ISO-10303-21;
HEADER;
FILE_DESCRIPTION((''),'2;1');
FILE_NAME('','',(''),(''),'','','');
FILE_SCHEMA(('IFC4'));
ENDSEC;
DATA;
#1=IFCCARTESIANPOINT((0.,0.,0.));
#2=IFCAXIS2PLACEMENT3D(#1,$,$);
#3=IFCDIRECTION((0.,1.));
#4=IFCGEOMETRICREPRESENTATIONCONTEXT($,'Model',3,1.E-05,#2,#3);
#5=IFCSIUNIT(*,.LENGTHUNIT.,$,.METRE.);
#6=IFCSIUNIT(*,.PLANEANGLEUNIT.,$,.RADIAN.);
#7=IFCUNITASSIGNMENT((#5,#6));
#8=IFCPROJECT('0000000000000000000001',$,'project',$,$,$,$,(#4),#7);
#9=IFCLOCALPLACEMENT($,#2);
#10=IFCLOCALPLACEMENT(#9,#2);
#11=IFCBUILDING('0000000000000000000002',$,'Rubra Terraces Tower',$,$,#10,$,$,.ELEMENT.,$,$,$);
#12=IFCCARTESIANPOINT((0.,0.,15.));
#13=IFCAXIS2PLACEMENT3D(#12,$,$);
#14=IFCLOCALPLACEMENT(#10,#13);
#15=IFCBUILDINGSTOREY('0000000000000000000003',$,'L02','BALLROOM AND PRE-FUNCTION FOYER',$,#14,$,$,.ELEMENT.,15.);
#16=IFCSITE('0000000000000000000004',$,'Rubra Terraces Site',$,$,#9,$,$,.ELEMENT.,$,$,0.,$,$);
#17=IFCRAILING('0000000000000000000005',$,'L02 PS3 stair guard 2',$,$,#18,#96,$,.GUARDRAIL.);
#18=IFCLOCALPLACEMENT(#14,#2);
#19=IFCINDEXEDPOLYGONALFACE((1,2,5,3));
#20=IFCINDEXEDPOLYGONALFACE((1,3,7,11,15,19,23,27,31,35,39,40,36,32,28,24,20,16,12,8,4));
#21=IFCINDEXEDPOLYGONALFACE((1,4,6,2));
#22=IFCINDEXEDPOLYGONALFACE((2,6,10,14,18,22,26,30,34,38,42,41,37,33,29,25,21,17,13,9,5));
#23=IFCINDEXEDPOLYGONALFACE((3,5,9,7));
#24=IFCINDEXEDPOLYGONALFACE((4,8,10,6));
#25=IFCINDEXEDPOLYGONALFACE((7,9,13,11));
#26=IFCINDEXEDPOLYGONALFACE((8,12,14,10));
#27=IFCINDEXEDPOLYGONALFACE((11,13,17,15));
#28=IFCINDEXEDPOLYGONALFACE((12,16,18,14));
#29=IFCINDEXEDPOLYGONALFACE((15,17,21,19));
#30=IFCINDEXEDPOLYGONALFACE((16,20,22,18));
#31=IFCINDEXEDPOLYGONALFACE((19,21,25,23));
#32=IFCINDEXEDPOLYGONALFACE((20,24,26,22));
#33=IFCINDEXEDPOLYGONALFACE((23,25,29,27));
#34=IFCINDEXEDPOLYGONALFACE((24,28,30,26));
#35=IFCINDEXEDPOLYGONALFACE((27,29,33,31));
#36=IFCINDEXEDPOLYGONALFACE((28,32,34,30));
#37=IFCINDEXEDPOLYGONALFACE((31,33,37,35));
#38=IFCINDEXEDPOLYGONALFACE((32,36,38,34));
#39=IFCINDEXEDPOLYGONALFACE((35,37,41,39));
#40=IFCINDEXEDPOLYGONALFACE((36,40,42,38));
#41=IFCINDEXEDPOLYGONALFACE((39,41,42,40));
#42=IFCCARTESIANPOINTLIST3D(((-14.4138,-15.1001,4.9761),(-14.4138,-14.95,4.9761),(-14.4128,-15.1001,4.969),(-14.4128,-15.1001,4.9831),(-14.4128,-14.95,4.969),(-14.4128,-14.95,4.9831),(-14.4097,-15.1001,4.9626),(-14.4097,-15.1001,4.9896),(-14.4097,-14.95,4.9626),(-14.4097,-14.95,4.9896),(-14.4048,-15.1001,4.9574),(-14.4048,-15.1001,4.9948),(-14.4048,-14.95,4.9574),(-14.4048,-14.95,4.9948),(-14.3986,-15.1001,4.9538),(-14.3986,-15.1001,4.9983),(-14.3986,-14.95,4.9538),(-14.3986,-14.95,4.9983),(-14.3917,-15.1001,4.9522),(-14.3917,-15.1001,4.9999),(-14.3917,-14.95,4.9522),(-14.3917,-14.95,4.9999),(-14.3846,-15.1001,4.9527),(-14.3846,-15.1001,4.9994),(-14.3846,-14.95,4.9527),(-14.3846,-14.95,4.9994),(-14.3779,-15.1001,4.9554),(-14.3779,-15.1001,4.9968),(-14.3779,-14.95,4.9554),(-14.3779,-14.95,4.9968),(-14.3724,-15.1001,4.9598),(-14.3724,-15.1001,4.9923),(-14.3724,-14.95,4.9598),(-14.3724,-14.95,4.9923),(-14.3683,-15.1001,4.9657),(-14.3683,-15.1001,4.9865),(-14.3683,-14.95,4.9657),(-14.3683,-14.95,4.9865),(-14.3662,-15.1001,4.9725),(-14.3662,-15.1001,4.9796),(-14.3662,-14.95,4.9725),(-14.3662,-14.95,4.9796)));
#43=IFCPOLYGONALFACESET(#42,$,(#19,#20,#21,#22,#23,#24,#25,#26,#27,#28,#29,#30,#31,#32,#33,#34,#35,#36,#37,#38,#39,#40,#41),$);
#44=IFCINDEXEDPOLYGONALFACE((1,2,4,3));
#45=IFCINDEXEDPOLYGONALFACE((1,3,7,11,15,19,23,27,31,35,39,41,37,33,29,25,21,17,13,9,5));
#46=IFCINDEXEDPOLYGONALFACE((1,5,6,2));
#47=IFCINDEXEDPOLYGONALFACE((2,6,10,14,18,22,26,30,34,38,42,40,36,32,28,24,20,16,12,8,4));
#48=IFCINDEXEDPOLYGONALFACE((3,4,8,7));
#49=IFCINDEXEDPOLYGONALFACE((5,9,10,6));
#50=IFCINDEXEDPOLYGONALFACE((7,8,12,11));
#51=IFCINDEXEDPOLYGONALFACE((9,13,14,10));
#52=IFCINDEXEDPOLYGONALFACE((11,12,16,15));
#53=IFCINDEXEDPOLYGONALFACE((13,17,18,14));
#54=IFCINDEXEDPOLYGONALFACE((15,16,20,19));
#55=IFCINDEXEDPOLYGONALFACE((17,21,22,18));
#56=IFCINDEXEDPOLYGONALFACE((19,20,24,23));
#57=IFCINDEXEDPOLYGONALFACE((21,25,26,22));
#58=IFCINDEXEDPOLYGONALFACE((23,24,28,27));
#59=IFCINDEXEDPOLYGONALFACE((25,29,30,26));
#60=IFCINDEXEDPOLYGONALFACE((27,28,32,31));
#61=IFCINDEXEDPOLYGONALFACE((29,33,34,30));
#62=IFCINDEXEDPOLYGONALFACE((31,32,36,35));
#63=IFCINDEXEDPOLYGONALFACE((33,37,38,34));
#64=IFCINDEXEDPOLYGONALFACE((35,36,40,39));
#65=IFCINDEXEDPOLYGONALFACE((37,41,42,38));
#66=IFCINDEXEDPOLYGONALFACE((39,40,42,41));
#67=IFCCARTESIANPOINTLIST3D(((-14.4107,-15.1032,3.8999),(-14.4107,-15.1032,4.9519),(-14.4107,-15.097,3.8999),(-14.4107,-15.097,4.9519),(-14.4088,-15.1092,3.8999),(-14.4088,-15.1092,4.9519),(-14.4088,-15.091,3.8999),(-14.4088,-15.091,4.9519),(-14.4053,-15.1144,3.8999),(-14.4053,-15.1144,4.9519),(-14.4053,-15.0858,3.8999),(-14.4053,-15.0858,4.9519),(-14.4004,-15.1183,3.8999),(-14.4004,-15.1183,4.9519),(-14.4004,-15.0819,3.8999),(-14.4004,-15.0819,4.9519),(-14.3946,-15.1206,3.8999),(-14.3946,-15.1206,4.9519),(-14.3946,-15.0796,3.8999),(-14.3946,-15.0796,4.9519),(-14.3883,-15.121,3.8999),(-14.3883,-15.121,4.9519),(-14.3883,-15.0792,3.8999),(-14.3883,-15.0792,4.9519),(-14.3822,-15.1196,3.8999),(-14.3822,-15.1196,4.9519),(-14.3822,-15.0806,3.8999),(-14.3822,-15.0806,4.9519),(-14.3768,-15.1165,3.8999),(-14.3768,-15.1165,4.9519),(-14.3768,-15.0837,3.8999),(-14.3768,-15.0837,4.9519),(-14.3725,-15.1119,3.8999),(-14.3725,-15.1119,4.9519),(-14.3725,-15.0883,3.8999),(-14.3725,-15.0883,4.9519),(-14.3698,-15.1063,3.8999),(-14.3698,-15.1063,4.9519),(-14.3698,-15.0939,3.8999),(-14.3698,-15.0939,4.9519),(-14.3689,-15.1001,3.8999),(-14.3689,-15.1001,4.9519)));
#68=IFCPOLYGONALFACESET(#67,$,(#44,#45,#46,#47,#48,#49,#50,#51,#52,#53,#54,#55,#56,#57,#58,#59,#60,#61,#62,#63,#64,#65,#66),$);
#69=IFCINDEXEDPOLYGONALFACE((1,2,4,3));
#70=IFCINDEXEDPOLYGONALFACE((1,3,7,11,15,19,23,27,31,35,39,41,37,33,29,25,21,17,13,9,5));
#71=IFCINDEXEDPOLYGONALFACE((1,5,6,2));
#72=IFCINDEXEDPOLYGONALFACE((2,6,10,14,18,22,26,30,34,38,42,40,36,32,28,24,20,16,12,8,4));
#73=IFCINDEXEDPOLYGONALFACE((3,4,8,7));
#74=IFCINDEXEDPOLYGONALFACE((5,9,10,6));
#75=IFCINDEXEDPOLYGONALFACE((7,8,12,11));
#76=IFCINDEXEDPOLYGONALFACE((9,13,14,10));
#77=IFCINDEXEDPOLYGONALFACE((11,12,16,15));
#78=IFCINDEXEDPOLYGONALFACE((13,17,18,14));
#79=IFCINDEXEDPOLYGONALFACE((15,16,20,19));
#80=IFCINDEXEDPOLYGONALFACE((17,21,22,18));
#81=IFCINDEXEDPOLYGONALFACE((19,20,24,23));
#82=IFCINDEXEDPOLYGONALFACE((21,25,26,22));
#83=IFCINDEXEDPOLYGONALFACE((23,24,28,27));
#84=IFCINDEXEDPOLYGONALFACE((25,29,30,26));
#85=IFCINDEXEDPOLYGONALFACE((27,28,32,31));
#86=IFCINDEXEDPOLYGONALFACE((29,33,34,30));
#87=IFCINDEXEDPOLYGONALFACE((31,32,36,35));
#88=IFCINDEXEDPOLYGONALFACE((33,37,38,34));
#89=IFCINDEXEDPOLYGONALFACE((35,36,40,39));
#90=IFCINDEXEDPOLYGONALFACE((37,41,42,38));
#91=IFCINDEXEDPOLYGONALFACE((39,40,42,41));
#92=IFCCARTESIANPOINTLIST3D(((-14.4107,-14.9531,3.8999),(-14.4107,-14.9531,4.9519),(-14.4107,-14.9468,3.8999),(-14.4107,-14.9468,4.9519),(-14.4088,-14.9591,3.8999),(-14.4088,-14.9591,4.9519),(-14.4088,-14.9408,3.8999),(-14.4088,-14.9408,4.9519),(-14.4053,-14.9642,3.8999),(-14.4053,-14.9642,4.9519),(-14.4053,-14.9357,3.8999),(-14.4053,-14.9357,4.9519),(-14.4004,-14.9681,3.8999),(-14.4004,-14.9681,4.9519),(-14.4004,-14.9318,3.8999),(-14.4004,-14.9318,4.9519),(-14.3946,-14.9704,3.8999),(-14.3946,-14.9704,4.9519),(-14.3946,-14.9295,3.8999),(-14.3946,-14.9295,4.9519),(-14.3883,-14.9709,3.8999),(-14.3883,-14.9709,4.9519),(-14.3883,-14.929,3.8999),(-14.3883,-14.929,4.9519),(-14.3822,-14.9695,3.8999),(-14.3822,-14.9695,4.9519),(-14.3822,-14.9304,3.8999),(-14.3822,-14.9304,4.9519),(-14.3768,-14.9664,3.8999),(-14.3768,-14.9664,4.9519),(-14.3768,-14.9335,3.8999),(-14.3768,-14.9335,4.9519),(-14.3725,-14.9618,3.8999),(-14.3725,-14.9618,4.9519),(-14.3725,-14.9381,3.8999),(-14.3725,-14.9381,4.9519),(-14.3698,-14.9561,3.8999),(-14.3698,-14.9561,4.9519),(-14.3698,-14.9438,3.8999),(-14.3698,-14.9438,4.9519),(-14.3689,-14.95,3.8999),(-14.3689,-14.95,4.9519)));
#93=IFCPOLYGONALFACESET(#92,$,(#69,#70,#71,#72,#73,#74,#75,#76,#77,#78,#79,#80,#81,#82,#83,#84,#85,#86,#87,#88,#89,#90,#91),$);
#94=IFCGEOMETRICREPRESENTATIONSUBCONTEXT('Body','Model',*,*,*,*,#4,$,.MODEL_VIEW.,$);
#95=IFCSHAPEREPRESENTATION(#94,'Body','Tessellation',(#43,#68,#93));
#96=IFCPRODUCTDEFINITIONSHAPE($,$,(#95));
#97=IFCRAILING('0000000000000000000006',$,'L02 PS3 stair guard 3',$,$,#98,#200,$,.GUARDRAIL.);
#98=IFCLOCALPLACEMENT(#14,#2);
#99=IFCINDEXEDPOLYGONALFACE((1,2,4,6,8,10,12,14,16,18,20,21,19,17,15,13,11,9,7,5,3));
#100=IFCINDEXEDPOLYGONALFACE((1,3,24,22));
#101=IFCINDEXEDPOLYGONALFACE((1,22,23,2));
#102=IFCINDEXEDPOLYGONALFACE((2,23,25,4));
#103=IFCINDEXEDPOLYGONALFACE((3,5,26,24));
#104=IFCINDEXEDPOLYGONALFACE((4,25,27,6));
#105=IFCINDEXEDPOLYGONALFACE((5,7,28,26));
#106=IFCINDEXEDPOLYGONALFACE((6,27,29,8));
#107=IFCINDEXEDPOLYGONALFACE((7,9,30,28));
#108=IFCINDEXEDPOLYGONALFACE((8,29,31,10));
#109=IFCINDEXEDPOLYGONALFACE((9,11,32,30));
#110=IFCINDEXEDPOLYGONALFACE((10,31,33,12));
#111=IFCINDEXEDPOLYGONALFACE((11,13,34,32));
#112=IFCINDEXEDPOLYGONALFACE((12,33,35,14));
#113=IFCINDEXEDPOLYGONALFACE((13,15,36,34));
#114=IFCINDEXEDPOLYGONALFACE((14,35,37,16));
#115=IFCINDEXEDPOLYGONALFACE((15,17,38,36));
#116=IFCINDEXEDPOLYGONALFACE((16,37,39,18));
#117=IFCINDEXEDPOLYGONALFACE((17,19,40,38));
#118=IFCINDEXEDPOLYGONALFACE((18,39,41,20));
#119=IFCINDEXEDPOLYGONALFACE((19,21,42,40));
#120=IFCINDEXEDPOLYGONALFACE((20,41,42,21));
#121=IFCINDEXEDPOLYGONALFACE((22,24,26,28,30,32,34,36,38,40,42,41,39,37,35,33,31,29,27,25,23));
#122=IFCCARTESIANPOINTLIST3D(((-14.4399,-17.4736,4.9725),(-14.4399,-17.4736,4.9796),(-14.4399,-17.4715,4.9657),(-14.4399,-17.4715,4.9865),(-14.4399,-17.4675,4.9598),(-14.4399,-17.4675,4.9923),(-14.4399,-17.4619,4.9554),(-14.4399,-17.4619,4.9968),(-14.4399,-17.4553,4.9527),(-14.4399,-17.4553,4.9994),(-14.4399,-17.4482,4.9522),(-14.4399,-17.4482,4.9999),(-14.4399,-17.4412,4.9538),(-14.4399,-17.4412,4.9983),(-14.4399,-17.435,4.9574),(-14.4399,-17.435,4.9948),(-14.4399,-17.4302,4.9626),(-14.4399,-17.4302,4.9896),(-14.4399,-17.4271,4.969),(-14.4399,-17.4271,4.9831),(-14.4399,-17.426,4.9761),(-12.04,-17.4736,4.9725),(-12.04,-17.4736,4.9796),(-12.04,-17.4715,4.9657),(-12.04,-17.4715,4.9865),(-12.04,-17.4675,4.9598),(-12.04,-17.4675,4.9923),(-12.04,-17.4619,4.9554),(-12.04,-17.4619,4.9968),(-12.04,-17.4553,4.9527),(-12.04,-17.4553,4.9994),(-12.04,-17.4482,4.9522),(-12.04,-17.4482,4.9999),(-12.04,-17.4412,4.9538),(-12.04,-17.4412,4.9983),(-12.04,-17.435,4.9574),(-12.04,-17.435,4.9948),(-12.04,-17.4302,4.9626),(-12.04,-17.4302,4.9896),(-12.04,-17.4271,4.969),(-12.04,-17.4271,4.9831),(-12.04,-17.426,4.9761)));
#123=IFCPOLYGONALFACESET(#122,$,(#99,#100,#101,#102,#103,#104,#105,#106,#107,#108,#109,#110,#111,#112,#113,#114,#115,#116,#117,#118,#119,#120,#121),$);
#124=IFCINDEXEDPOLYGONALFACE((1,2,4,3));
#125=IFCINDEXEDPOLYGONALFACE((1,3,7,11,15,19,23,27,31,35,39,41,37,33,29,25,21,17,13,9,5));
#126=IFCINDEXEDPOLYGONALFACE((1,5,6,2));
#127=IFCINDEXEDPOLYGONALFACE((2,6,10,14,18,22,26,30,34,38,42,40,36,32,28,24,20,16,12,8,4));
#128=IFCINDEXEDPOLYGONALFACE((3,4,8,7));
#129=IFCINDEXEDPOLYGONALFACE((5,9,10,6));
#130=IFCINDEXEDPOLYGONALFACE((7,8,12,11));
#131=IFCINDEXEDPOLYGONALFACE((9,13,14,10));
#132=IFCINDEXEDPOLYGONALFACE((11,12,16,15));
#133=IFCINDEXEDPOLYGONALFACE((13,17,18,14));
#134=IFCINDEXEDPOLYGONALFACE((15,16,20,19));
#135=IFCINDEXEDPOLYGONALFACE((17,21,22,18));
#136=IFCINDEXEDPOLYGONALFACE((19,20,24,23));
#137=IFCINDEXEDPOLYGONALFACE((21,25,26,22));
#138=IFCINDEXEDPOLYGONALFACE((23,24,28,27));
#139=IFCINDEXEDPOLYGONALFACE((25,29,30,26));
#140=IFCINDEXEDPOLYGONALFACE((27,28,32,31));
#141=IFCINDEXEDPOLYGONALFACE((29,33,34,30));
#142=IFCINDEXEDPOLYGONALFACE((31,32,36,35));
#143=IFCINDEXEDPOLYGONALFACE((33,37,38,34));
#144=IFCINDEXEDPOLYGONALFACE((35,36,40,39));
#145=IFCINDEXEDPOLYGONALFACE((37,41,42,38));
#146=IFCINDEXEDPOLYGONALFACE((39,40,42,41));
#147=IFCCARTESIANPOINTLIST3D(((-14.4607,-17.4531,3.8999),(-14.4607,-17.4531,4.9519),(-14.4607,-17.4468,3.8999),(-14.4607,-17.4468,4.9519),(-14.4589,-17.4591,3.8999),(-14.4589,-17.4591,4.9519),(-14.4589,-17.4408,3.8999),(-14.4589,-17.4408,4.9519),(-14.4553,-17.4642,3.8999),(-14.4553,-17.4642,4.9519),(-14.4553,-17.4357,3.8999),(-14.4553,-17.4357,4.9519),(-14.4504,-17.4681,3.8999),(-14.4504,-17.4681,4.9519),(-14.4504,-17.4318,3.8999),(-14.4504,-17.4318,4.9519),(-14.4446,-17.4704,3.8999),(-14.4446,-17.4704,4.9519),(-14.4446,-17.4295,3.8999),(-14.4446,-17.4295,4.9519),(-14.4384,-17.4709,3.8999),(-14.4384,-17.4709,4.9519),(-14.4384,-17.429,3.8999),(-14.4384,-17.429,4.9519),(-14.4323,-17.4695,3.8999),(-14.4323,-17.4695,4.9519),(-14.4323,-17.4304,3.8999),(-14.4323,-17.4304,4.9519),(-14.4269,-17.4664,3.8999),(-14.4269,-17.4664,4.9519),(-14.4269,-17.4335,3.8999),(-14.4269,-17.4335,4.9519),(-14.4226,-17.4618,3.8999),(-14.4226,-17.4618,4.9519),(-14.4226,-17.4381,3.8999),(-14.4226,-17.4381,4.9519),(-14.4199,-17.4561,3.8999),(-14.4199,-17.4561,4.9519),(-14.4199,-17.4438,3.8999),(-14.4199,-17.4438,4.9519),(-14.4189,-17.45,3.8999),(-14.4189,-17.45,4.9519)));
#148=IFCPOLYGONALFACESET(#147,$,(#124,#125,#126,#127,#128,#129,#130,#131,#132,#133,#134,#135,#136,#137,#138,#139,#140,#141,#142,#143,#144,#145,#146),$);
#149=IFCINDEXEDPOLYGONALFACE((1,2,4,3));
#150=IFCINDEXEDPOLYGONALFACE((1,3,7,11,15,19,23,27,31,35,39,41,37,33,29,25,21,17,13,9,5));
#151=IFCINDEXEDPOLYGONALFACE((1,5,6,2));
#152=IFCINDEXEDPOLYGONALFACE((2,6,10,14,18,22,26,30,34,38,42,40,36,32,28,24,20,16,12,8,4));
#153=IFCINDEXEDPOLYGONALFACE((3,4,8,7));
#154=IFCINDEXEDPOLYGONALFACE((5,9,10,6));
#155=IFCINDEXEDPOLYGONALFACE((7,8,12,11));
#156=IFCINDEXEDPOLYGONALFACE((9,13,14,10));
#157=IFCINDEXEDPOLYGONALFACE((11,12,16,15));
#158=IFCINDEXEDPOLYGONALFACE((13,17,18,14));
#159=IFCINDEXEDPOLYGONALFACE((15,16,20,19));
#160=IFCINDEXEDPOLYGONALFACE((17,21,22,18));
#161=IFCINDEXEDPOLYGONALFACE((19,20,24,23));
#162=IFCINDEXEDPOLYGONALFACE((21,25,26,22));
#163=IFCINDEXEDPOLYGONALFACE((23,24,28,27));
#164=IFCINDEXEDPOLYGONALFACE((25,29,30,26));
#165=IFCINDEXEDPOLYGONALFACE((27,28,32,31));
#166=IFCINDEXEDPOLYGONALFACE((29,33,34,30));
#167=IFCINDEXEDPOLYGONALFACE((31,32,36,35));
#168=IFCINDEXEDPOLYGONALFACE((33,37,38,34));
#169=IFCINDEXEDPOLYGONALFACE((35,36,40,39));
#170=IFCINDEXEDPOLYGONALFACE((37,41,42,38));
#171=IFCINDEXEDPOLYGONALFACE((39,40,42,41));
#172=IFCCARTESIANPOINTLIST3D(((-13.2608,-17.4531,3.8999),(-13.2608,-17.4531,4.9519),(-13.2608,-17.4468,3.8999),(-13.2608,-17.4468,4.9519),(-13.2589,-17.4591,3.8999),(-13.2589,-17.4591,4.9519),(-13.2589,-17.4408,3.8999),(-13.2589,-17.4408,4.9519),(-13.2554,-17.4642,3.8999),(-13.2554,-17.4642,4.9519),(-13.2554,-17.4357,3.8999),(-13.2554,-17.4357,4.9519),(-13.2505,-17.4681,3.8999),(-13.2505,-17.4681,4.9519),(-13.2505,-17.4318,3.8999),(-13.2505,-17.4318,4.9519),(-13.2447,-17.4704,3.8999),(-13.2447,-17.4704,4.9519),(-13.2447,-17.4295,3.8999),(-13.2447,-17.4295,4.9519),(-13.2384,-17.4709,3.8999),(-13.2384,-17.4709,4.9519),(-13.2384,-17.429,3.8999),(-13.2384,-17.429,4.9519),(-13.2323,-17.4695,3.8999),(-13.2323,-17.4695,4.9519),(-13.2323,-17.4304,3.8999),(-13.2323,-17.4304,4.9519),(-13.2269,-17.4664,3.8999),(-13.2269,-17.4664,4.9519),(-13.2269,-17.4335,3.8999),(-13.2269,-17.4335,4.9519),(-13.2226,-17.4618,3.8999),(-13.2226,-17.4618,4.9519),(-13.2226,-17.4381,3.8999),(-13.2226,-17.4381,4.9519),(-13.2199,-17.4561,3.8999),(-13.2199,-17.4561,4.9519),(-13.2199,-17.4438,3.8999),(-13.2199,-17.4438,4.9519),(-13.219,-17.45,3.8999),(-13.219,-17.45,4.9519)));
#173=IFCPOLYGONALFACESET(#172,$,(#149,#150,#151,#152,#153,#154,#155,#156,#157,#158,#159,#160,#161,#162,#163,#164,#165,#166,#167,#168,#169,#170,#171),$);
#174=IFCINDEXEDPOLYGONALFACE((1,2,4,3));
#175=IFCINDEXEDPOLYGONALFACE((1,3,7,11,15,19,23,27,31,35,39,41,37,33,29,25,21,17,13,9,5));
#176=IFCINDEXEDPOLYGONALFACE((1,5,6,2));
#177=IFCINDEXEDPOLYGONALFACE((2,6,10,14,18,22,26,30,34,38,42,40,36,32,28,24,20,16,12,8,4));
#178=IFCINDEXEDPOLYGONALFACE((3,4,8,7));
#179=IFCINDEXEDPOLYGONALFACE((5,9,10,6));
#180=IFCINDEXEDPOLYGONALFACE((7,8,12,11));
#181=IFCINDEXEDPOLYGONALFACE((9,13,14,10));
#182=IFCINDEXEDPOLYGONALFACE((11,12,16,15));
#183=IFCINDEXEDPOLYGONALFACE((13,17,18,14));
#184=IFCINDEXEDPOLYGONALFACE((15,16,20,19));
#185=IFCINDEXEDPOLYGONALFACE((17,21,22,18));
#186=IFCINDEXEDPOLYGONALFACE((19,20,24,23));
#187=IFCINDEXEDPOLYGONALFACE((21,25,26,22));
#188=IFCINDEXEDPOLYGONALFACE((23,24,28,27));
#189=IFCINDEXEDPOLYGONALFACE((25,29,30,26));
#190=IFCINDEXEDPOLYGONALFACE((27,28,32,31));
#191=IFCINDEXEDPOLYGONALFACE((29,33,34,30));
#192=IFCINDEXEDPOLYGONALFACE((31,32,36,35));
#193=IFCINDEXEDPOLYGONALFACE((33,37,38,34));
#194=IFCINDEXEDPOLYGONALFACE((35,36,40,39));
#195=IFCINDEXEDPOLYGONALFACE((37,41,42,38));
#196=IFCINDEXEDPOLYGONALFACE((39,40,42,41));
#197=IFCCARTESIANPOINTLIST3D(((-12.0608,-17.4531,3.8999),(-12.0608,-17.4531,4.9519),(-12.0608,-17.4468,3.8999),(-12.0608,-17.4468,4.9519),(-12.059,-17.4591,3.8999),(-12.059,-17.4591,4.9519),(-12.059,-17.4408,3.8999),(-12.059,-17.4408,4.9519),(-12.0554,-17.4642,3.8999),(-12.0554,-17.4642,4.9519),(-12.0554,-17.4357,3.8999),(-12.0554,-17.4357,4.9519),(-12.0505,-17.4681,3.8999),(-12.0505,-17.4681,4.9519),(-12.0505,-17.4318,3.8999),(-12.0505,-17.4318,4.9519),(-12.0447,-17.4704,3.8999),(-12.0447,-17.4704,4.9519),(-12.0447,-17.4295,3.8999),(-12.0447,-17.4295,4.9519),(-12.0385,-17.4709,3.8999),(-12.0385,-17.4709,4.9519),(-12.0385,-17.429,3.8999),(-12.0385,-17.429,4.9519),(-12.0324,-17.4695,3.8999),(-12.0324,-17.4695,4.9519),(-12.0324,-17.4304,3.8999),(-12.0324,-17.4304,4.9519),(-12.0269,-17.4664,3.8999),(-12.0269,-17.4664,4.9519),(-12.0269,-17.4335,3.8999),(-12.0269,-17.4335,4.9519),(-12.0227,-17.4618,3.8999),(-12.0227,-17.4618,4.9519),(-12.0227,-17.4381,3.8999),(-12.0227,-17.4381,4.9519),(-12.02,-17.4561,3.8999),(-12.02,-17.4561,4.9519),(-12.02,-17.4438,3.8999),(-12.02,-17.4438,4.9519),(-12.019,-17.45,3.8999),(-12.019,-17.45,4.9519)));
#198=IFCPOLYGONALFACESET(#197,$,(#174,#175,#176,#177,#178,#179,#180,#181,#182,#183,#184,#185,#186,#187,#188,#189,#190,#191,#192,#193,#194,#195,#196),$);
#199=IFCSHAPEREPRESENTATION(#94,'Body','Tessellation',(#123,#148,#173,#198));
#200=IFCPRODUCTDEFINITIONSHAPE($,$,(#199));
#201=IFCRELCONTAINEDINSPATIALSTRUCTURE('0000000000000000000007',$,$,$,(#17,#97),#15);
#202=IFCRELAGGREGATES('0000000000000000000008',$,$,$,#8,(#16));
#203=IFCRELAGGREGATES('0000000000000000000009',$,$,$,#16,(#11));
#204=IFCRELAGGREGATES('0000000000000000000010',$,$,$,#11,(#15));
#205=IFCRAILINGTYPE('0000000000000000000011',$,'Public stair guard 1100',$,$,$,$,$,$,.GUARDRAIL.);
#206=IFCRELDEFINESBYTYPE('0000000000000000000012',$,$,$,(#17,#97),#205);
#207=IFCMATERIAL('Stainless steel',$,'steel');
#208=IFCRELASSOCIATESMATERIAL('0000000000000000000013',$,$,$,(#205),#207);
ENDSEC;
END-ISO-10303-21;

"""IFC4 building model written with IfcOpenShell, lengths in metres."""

from ifc_helpers import new_model, si_unit, direction, frame, origin, origin_2d, place, context, subcontext, project, spatial, circle, extrude, material, type_object, element, save


model = new_model("IFC4")

# Units and contexts
model_context = context("Model", 3, precision=1e-05, world=origin(), true_north=direction((0.0, 1.0)))
body_context = subcontext(model_context, "Body", "Model", "MODEL_VIEW")
ifc_project = project(units=[si_unit("LENGTHUNIT", "METRE"), si_unit("PLANEANGLEUNIT", "RADIAN")], contexts=[model_context])

# Site, building, storey
site_placement = place(None, origin())
site = spatial("IfcSite", under=ifc_project, at=site_placement, Name="Rubra Terraces Site", CompositionType="ELEMENT", RefElevation=0.0)
building_placement = place(site_placement, origin())
building = spatial("IfcBuilding", under=site, at=building_placement, Name="Rubra Terraces Tower", CompositionType="ELEMENT")
storey_placement = place(building_placement, frame((0.0, 0.0, 15.0)))
storey = spatial("IfcBuildingStorey", under=building, at=storey_placement, Name="L02", Description="BALLROOM AND PRE-FUNCTION FOYER", CompositionType="ELEMENT", Elevation=15.0)

# Railings
ifc_material_1 = material(Name="Stainless steel", Category="steel")
railing_type_1 = type_object("IfcRailingType", Name="Public stair guard 1100", PredefinedType="GUARDRAIL", material=ifc_material_1)
railing_1_placement = place(storey_placement, frame((-14.3899, -15.1001, 3.8999)))
element("IfcRailing", 1, at=railing_1_placement, inside=storey, type_object=railing_type_1, Name="L02 PS3 stair guard 2", PredefinedType="GUARDRAIL", context=body_context, shape_type="SweptSolid", body=[
    extrude(circle(Radius=0.0239, at=origin_2d()), frame((0.0, 0.0, 1.0762), z_axis=(0.0, 1.0, 0.0), x_axis=(-1.0, 0.0, 0.0)), (0.0, 0.0, 1.0), 0.1501),
    extrude(circle(Radius=0.021, at=origin_2d()), origin(), (0.0, 0.0, 1.0), 1.052),
    extrude(circle(Radius=0.021, at=origin_2d()), frame((0.0, 0.1501, 0.0)), (0.0, 0.0, 1.0), 1.052),
])
for number, where, name in (
    (2, (-14.4399, -17.45, 3.8999), "L02 PS3 stair guard 3"),
):
    element("IfcRailing", number, at=place(storey_placement, frame(where)), inside=storey, type_object=railing_type_1, Name=name, PredefinedType="GUARDRAIL", context=body_context, shape_type="SweptSolid", body=[
        extrude(circle(Radius=0.0239, at=origin_2d()), frame((0.0, 0.0, 1.0762), z_axis=(1.0, 0.0, 0.0), x_axis=(0.0, 1.0, 0.0)), (0.0, 0.0, 1.0), 2.3999),
        extrude(circle(Radius=0.021, at=origin_2d()), origin(), (0.0, 0.0, 1.0), 1.052),
        extrude(circle(Radius=0.021, at=origin_2d()), frame((1.2, 0.0, 0.0)), (0.0, 0.0, 1.0), 1.052),
        extrude(circle(Radius=0.021, at=origin_2d()), frame((2.3999, 0.0, 0.0)), (0.0, 0.0, 1.0), 1.052),
    ])

save(model, "model.ifc")
